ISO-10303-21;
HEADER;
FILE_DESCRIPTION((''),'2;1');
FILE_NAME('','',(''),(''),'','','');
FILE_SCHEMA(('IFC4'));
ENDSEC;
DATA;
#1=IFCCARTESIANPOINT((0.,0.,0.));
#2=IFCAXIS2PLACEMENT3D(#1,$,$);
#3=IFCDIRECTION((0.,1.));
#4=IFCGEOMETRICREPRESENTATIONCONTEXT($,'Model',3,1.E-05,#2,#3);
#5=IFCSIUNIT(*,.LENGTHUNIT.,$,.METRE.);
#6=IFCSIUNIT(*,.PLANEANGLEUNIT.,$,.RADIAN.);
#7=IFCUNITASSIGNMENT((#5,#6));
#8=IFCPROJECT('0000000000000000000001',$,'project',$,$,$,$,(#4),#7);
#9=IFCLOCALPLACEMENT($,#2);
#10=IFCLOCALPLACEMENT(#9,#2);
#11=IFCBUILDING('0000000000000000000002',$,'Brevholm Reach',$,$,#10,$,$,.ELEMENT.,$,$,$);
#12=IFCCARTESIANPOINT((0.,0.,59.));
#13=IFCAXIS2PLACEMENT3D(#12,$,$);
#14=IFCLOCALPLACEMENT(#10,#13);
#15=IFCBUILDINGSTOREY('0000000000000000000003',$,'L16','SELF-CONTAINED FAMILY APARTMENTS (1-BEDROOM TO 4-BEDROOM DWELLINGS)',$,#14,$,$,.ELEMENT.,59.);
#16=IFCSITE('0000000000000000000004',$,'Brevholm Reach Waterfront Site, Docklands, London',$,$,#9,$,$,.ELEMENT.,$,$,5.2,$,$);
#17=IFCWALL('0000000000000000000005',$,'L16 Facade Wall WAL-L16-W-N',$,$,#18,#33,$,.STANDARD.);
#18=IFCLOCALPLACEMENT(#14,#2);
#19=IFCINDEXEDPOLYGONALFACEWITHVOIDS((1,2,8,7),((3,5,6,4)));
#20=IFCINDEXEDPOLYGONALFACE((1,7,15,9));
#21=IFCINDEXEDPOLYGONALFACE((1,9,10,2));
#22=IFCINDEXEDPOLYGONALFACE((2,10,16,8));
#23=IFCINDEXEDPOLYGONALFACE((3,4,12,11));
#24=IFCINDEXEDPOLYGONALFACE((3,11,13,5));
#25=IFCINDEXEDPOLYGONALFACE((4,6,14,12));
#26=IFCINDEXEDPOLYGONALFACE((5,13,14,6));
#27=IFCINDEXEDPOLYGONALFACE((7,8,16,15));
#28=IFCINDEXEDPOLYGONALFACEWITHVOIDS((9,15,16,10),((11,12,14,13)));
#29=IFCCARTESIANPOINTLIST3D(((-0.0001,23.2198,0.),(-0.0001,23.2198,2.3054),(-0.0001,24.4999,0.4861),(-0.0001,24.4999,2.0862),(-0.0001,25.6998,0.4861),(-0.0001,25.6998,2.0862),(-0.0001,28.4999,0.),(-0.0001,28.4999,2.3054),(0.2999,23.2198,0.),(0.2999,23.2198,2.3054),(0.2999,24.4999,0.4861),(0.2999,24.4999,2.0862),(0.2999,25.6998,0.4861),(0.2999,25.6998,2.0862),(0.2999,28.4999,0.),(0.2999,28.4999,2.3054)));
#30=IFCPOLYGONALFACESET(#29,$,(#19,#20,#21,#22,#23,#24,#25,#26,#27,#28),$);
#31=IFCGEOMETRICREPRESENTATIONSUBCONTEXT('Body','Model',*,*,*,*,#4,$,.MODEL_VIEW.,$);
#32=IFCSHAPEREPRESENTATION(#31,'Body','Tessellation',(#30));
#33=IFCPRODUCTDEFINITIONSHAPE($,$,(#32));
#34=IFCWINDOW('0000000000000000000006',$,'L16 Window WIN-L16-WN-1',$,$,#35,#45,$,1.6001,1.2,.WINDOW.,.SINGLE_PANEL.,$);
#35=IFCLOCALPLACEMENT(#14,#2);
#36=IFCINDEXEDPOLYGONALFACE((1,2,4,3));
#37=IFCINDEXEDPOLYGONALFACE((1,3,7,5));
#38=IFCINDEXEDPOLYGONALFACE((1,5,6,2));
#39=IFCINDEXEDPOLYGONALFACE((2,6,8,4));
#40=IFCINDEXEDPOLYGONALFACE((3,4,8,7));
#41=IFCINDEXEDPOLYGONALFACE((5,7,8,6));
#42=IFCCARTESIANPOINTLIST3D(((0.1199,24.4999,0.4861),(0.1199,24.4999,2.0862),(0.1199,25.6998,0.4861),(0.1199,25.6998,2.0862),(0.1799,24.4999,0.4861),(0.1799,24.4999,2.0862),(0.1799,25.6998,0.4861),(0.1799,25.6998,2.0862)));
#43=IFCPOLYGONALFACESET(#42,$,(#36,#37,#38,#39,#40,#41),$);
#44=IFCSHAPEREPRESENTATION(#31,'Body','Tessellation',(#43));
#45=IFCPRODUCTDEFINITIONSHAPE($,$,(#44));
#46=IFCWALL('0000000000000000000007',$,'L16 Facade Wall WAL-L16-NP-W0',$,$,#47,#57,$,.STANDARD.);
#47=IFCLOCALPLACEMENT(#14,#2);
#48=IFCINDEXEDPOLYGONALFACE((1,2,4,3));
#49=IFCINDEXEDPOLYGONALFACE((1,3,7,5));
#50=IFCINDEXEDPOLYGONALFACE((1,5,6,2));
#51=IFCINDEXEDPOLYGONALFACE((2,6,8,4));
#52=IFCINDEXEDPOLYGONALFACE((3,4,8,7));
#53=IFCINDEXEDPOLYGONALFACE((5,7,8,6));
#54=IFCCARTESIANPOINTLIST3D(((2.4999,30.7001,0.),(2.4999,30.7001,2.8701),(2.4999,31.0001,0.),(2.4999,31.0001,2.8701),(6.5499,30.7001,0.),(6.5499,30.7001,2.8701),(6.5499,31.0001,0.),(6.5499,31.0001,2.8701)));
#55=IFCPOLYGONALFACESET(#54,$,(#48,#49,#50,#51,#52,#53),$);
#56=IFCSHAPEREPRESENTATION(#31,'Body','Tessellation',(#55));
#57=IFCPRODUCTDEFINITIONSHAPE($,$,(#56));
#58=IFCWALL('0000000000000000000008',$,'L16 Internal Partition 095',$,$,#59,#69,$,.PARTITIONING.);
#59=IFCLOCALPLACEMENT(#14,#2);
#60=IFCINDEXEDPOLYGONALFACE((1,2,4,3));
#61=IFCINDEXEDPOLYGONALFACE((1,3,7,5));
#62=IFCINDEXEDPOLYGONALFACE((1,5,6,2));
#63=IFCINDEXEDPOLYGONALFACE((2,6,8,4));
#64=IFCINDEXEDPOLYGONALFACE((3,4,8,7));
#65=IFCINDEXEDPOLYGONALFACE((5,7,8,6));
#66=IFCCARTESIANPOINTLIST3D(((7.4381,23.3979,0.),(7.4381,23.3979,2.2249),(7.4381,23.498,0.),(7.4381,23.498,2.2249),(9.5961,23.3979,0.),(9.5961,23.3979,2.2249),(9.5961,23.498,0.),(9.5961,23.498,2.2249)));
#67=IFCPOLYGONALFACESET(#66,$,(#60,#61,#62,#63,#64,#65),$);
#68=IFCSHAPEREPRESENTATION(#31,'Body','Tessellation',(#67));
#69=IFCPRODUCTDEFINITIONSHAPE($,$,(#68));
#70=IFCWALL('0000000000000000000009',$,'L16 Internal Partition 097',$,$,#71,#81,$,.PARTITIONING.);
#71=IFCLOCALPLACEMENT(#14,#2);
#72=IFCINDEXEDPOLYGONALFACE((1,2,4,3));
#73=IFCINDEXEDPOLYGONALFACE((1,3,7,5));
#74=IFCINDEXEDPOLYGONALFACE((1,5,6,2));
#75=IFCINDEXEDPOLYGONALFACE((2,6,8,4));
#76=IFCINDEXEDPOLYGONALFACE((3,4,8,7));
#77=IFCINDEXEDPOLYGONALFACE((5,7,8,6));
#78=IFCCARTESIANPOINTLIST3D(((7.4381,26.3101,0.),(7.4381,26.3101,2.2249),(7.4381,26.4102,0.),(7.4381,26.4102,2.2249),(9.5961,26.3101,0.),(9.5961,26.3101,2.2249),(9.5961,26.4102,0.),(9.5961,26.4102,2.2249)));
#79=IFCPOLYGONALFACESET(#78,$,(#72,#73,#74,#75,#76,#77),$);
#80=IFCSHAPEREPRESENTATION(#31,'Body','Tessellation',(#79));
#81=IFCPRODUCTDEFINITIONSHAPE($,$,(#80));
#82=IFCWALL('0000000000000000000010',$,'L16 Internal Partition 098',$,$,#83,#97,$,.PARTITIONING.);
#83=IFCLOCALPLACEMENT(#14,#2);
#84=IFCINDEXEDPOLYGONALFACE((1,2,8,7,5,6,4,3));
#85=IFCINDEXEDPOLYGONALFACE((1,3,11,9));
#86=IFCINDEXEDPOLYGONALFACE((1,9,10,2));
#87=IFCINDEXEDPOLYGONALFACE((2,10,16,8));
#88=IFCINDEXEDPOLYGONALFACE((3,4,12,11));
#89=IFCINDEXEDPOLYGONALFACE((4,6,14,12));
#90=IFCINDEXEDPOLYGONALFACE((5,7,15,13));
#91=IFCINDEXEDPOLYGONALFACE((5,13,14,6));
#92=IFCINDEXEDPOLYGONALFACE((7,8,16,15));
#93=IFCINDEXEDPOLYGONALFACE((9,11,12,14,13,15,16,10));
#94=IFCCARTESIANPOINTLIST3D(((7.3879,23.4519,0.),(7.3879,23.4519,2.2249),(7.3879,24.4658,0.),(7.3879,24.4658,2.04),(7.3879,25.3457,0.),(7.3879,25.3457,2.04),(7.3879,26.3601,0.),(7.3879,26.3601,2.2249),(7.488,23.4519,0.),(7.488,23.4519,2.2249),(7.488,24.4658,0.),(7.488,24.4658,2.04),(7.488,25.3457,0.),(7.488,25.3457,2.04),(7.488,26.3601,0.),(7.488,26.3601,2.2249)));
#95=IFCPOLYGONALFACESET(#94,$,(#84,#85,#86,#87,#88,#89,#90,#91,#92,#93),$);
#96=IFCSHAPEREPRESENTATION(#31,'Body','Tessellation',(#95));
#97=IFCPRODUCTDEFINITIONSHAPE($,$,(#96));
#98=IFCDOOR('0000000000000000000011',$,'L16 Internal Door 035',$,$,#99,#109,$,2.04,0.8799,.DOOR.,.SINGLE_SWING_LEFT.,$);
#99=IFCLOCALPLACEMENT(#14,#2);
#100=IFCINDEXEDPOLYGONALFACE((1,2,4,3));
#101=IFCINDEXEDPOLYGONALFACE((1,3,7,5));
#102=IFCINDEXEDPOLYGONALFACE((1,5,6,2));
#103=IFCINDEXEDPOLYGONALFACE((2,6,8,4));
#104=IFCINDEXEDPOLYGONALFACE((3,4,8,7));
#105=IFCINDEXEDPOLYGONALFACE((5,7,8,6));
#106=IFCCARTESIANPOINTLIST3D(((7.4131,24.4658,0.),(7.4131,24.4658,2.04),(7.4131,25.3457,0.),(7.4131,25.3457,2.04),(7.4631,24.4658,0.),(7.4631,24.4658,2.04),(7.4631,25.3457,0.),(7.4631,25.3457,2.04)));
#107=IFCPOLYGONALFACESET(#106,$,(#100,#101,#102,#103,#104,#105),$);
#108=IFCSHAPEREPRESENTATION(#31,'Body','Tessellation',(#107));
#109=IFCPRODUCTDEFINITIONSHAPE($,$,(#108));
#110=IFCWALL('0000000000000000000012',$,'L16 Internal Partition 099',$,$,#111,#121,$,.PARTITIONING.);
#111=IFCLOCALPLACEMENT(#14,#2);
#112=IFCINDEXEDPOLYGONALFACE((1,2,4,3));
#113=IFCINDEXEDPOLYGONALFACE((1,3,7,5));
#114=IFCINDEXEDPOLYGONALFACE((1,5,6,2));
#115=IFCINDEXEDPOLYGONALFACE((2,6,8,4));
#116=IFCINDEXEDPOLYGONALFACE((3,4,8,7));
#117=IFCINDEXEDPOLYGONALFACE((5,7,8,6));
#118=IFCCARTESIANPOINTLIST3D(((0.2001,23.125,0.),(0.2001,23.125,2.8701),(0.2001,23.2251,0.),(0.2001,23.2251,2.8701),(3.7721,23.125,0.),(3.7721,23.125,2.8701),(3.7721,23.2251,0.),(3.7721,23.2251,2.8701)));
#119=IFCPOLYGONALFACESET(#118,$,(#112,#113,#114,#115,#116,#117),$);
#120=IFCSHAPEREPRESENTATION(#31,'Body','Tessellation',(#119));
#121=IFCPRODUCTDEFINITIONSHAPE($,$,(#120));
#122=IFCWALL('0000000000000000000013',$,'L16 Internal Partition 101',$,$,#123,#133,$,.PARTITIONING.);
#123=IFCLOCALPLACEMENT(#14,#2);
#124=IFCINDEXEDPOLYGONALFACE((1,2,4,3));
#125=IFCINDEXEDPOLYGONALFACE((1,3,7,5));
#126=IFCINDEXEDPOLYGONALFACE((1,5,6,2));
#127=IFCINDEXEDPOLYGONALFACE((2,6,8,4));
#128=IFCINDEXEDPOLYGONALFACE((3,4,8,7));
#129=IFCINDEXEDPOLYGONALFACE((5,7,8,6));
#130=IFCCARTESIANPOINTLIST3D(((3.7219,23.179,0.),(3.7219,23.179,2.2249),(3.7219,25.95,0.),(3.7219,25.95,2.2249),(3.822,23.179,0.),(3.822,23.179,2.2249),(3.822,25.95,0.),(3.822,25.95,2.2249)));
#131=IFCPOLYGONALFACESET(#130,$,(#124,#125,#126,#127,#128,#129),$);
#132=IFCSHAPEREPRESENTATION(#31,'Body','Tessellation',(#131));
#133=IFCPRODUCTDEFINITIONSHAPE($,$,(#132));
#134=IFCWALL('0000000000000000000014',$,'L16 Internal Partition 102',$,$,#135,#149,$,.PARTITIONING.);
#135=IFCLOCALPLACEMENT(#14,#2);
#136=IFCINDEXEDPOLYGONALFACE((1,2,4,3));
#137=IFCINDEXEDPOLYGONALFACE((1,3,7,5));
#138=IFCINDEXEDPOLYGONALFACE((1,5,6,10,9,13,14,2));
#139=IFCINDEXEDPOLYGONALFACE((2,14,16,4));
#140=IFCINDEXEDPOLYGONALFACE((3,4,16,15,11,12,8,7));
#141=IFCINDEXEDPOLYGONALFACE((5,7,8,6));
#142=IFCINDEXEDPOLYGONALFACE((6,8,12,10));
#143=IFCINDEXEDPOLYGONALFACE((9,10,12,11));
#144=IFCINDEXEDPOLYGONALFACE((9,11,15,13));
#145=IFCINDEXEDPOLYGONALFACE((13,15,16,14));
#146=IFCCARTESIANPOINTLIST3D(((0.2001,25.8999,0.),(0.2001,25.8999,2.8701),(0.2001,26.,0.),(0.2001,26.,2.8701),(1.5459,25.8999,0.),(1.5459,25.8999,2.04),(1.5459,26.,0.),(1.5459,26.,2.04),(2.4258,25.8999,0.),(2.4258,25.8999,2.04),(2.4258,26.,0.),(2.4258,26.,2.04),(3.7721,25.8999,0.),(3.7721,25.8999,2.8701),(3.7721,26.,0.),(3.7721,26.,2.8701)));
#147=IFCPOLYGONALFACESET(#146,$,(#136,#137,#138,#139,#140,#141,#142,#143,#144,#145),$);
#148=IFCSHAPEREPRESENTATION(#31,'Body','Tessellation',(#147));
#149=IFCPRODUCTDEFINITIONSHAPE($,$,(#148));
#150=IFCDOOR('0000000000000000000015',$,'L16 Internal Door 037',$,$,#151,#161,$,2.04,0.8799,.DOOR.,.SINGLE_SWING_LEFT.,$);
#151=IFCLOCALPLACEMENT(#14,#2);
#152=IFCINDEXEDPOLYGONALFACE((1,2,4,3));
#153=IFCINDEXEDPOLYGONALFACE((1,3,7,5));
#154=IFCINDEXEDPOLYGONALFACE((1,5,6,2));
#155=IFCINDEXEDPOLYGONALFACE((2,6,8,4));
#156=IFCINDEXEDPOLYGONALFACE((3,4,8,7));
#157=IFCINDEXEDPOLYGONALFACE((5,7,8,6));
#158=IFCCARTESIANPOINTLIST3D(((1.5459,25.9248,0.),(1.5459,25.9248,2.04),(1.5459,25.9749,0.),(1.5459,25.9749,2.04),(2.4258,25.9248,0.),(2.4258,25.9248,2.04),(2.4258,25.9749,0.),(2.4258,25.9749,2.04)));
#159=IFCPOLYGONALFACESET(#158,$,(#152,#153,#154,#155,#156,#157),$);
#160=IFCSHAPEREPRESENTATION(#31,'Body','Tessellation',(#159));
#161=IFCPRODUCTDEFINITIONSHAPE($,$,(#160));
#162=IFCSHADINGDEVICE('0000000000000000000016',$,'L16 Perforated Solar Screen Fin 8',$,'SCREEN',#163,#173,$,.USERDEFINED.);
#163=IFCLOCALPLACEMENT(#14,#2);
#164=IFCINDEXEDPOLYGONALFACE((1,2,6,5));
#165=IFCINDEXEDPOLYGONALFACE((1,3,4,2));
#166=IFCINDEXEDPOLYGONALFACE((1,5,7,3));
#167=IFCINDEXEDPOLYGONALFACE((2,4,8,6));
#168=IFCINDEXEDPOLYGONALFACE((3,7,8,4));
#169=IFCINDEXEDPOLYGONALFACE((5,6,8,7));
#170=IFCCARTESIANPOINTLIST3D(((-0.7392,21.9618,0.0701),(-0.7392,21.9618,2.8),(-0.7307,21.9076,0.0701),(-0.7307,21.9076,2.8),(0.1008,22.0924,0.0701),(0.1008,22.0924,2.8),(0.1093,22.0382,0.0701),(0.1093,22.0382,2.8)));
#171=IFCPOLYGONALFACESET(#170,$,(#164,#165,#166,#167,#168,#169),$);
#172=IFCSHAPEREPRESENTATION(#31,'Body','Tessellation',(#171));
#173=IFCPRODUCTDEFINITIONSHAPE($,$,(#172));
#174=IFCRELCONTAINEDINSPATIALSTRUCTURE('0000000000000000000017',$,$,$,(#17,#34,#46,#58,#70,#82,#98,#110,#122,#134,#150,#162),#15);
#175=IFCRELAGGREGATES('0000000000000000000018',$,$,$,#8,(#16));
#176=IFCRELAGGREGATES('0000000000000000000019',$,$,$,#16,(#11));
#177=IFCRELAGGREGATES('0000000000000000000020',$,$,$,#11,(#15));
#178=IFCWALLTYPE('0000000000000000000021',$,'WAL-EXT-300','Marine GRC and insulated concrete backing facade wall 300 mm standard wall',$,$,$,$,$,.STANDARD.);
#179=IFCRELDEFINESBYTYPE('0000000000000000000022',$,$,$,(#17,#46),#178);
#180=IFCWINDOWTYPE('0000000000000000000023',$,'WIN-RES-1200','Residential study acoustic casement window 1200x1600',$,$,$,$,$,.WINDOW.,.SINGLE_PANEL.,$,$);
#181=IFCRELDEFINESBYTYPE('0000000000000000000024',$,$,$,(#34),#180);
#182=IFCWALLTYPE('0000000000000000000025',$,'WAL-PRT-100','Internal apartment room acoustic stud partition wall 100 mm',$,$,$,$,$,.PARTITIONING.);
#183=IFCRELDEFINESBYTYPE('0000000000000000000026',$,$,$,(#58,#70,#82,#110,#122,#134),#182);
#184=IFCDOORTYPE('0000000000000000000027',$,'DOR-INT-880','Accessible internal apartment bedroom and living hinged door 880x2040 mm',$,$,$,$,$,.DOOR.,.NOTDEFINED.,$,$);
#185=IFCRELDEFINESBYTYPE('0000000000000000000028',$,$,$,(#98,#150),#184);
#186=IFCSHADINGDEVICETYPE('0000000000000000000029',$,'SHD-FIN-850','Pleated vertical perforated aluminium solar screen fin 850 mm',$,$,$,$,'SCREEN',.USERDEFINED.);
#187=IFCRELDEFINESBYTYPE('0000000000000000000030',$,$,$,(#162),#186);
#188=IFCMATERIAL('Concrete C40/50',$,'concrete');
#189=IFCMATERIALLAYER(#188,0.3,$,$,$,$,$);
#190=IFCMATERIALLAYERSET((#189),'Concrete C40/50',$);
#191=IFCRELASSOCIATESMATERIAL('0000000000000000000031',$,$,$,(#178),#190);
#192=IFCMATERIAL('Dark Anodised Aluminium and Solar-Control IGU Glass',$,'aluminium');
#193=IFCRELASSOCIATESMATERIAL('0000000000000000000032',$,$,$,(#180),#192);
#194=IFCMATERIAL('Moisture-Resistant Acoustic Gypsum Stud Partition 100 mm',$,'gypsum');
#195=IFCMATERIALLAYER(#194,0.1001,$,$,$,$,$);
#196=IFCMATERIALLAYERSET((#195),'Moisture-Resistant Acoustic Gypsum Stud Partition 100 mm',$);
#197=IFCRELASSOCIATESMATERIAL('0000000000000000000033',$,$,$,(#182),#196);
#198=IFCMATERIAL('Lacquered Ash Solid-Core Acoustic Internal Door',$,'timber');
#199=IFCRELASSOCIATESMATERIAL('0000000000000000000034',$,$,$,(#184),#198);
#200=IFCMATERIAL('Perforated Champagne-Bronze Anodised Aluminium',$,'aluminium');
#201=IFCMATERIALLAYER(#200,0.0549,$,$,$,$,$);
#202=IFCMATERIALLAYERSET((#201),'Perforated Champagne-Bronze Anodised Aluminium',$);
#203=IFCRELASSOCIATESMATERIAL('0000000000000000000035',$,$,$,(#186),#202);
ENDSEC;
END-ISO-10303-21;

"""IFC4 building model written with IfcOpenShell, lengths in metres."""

from ifc_helpers import new_model, si_unit, direction, frame, frame_2d, origin, origin_2d, place, context, subcontext, project, spatial, rectangle, extrude, material, layer, layer_set, type_object, element, fill, save


model = new_model("IFC4")

# Units and contexts
model_context = context("Model", 3, precision=1e-05, world=origin(), true_north=direction((0.0, 1.0)))
body_context = subcontext(model_context, "Body", "Model", "MODEL_VIEW")
ifc_project = project(units=[si_unit("LENGTHUNIT", "METRE"), si_unit("PLANEANGLEUNIT", "RADIAN")], contexts=[model_context])

# Site, building, storey
site_placement = place(None, origin())
site = spatial("IfcSite", under=ifc_project, at=site_placement, Name="Brevholm Reach Waterfront Site, Docklands, London", CompositionType="ELEMENT", RefElevation=5.2)
building_placement = place(site_placement, origin())
building = spatial("IfcBuilding", under=site, at=building_placement, Name="Brevholm Reach", CompositionType="ELEMENT")
storey_placement = place(building_placement, frame((0.0, 0.0, 59.0)))
storey = spatial("IfcBuildingStorey", under=building, at=storey_placement, Name="L16", Description="SELF-CONTAINED FAMILY APARTMENTS (1-BEDROOM TO 4-BEDROOM DWELLINGS)", CompositionType="ELEMENT", Elevation=59.0)

# Shared definitions
ifc_material_1 = material(Name="Concrete C40/50", Category="concrete")
ifc_layer_1 = layer(ifc_material_1, 0.3)
ifc_layer_set_1 = layer_set([ifc_layer_1], Name="Concrete C40/50")
wall_type_1 = type_object("IfcWallType", Name="WAL-EXT-300", Description="Marine GRC and insulated concrete backing facade wall 300 mm standard wall", PredefinedType="STANDARD", material=ifc_layer_set_1)

# Wall, opening, window
wall_1_placement = place(storey_placement, frame((0.1499, 28.5, 0.0), z_axis=(0.0, 0.0, 1.0), x_axis=(0.0, -1.0, 0.0)))
wall_1 = element("IfcWall", 1, at=wall_1_placement, inside=storey, type_object=wall_type_1, Name="L16 Facade Wall WAL-L16-W-N", PredefinedType="STANDARD", context=body_context, shape_type="SweptSolid", body=[
    extrude(rectangle(XDim=5.28, YDim=0.3, at=frame_2d((2.6401, 0.0))), origin(), (0.0, 0.0, 1.0), 2.3054),
])
opening_1_placement = place(wall_1_placement, frame((2.8, 0.0, 0.4861)))
opening_1 = element("IfcOpeningElement", 2, at=opening_1_placement, cuts=wall_1, PredefinedType="OPENING", context=body_context, shape_type="SweptSolid", body=[
    extrude(rectangle(XDim=1.2, YDim=1.6001, at=frame_2d((0.6001, 0.8))), frame((0.0, 0.1599, 0.0), z_axis=(0.0, -1.0, 0.0), x_axis=(1.0, 0.0, 0.0)), (0.0, 0.0, 1.0), 0.3201),
])
ifc_material_2 = material(Name="Dark Anodised Aluminium and Solar-Control IGU Glass", Category="aluminium")
window_type = type_object("IfcWindowType", Name="WIN-RES-1200", Description="Residential study acoustic casement window 1200x1600", PartitioningType="SINGLE_PANEL", PredefinedType="WINDOW", material=ifc_material_2)
window_placement = place(opening_1_placement, origin())
window = element("IfcWindow", 3, at=window_placement, inside=storey, type_object=window_type, Name="L16 Window WIN-L16-WN-1", OverallHeight=1.6001, OverallWidth=1.2, PartitioningType="SINGLE_PANEL", PredefinedType="WINDOW", context=body_context, shape_type="SweptSolid", body=[
    extrude(rectangle(XDim=1.2, YDim=1.6001, at=frame_2d((0.6001, 0.8))), frame((0.0, 0.03, 0.0), z_axis=(0.0, -1.0, 0.0), x_axis=(1.0, 0.0, 0.0)), (0.0, 0.0, 1.0), 0.0601),
])
fill(opening_1, window)

# Walls
wall_2_placement = place(storey_placement, frame((2.5, 30.8501, 0.0), z_axis=(0.0, 0.0, 1.0), x_axis=(1.0, 0.0, 0.0)))
element("IfcWall", 4, at=wall_2_placement, inside=storey, type_object=wall_type_1, Name="L16 Facade Wall WAL-L16-NP-W0", PredefinedType="STANDARD", context=body_context, shape_type="SweptSolid", body=[
    extrude(rectangle(XDim=4.05, YDim=0.3, at=frame_2d((2.0249, 0.0))), origin(), (0.0, 0.0, 1.0), 2.8701),
])
ifc_material_3 = material(Name="Moisture-Resistant Acoustic Gypsum Stud Partition 100 mm", Category="gypsum")
ifc_layer_2 = layer(ifc_material_3, 0.1001)
ifc_layer_set_2 = layer_set([ifc_layer_2], Name="Moisture-Resistant Acoustic Gypsum Stud Partition 100 mm")
wall_type_2 = type_object("IfcWallType", Name="WAL-PRT-100", Description="Internal apartment room acoustic stud partition wall 100 mm", PredefinedType="PARTITIONING", material=ifc_layer_set_2)
for number, where, z_axis, x_axis, name in (
    (5, (7.438, 23.448, 0.0), (0.0, 0.0, 1.0), (1.0, 0.0, 0.0), "L16 Internal Partition 095"),
    (6, (7.438, 26.3601, 0.0), (0.0, 0.0, 1.0), (1.0, 0.0, 0.0), "L16 Internal Partition 097"),
):
    element("IfcWall", number, at=place(storey_placement, frame(where, z_axis=z_axis, x_axis=x_axis)), inside=storey, type_object=wall_type_2, Name=name, PredefinedType="PARTITIONING", context=body_context, shape_type="SweptSolid", body=[
        extrude(rectangle(XDim=2.158, YDim=0.1001, at=frame_2d((1.0791, 0.0))), origin(), (0.0, 0.0, 1.0), 2.2249),
    ])

# Wall, opening, door
wall_3_placement = place(storey_placement, frame((7.438, 23.4519, 0.0), z_axis=(0.0, 0.0, 1.0), x_axis=(0.0, 1.0, 0.0)))
wall_3 = element("IfcWall", 7, at=wall_3_placement, inside=storey, type_object=wall_type_2, Name="L16 Internal Partition 098", PredefinedType="PARTITIONING", context=body_context, shape_type="SweptSolid", body=[
    extrude(rectangle(XDim=2.9082, YDim=0.1001, at=frame_2d((1.4541, 0.0))), origin(), (0.0, 0.0, 1.0), 2.2249),
])
opening_2_placement = place(wall_3_placement, frame((1.0139, 0.0, 0.0)))
opening_2 = element("IfcOpeningElement", 8, at=opening_2_placement, cuts=wall_3, PredefinedType="OPENING", context=body_context, shape_type="SweptSolid", body=[
    extrude(rectangle(XDim=0.8799, YDim=2.04, at=frame_2d((0.4399, 1.02))), frame((0.0, 0.0601, 0.0), z_axis=(0.0, -1.0, 0.0), x_axis=(1.0, 0.0, 0.0)), (0.0, 0.0, 1.0), 0.1201),
])
ifc_material_4 = material(Name="Lacquered Ash Solid-Core Acoustic Internal Door", Category="timber")
door_type = type_object("IfcDoorType", Name="DOR-INT-880", Description="Accessible internal apartment bedroom and living hinged door 880x2040 mm", OperationType="NOTDEFINED", PredefinedType="DOOR", material=ifc_material_4)
door_1_placement = place(opening_2_placement, origin())
door_1 = element("IfcDoor", 9, at=door_1_placement, inside=storey, type_object=door_type, Name="L16 Internal Door 035", OperationType="SINGLE_SWING_LEFT", OverallHeight=2.04, OverallWidth=0.8799, PredefinedType="DOOR", context=body_context, shape_type="SweptSolid", body=[
    extrude(rectangle(XDim=0.8799, YDim=2.04, at=frame_2d((0.4399, 1.02))), frame((0.0, 0.0249, 0.0), z_axis=(0.0, -1.0, 0.0), x_axis=(1.0, 0.0, 0.0)), (0.0, 0.0, 1.0), 0.05),
])
fill(opening_2, door_1)

# Walls
wall_4_placement = place(storey_placement, frame((0.2, 23.175, 0.0), z_axis=(0.0, 0.0, 1.0), x_axis=(1.0, 0.0, 0.0)))
element("IfcWall", 10, at=wall_4_placement, inside=storey, type_object=wall_type_2, Name="L16 Internal Partition 099", PredefinedType="PARTITIONING", context=body_context, shape_type="SweptSolid", body=[
    extrude(rectangle(XDim=3.572, YDim=0.1001, at=frame_2d((1.7861, 0.0))), origin(), (0.0, 0.0, 1.0), 2.8701),
])
wall_5_placement = place(storey_placement, frame((3.772, 23.179, 0.0), z_axis=(0.0, 0.0, 1.0), x_axis=(0.0, 1.0, 0.0)))
element("IfcWall", 11, at=wall_5_placement, inside=storey, type_object=wall_type_2, Name="L16 Internal Partition 101", PredefinedType="PARTITIONING", context=body_context, shape_type="SweptSolid", body=[
    extrude(rectangle(XDim=2.771, YDim=0.1001, at=frame_2d((1.3855, 0.0))), origin(), (0.0, 0.0, 1.0), 2.2249),
])

# Wall, opening, door
wall_6_placement = place(storey_placement, frame((0.2, 25.95, 0.0), z_axis=(0.0, 0.0, 1.0), x_axis=(1.0, 0.0, 0.0)))
wall_6 = element("IfcWall", 12, at=wall_6_placement, inside=storey, type_object=wall_type_2, Name="L16 Internal Partition 102", PredefinedType="PARTITIONING", context=body_context, shape_type="SweptSolid", body=[
    extrude(rectangle(XDim=3.572, YDim=0.1001, at=frame_2d((1.7861, 0.0))), origin(), (0.0, 0.0, 1.0), 2.8701),
])
opening_3_placement = place(wall_6_placement, frame((1.3459, 0.0, 0.0)))
opening_3 = element("IfcOpeningElement", 13, at=opening_3_placement, cuts=wall_6, PredefinedType="OPENING", context=body_context, shape_type="SweptSolid", body=[
    extrude(rectangle(XDim=0.8799, YDim=2.04, at=frame_2d((0.4399, 1.02))), frame((0.0, 0.0601, 0.0), z_axis=(0.0, -1.0, 0.0), x_axis=(1.0, 0.0, 0.0)), (0.0, 0.0, 1.0), 0.1201),
])
door_2_placement = place(opening_3_placement, origin())
door_2 = element("IfcDoor", 14, at=door_2_placement, inside=storey, type_object=door_type, Name="L16 Internal Door 037", OperationType="SINGLE_SWING_LEFT", OverallHeight=2.04, OverallWidth=0.8799, PredefinedType="DOOR", context=body_context, shape_type="SweptSolid", body=[
    extrude(rectangle(XDim=0.8799, YDim=2.04, at=frame_2d((0.4399, 1.02))), frame((0.0, 0.0249, 0.0), z_axis=(0.0, -1.0, 0.0), x_axis=(1.0, 0.0, 0.0)), (0.0, 0.0, 1.0), 0.05),
])
fill(opening_3, door_2)

# Shading device
ifc_material_5 = material(Name="Perforated Champagne-Bronze Anodised Aluminium", Category="aluminium")
ifc_layer_3 = layer(ifc_material_5, 0.0549)
ifc_layer_set_3 = layer_set([ifc_layer_3], Name="Perforated Champagne-Bronze Anodised Aluminium")
shading_device_type = type_object("IfcShadingDeviceType", Name="SHD-FIN-850", Description="Pleated vertical perforated aluminium solar screen fin 850 mm", ElementType="SCREEN", PredefinedType="USERDEFINED", material=ifc_layer_set_3)
shading_device_placement = place(storey_placement, frame((-0.3149, 22.0, 0.0701), z_axis=(0.0, 0.0, 1.0), x_axis=(-0.988127, -0.153641, 0.0)))
element("IfcShadingDevice", 15, at=shading_device_placement, inside=storey, type_object=shading_device_type, Name="L16 Perforated Solar Screen Fin 8", ObjectType="SCREEN", PredefinedType="USERDEFINED", context=body_context, shape_type="SweptSolid", body=[
    extrude(rectangle(XDim=0.8501, YDim=0.0549, at=origin_2d()), origin(), (0.0, 0.0, 1.0), 2.73),
])

save(model, "model.ifc")
